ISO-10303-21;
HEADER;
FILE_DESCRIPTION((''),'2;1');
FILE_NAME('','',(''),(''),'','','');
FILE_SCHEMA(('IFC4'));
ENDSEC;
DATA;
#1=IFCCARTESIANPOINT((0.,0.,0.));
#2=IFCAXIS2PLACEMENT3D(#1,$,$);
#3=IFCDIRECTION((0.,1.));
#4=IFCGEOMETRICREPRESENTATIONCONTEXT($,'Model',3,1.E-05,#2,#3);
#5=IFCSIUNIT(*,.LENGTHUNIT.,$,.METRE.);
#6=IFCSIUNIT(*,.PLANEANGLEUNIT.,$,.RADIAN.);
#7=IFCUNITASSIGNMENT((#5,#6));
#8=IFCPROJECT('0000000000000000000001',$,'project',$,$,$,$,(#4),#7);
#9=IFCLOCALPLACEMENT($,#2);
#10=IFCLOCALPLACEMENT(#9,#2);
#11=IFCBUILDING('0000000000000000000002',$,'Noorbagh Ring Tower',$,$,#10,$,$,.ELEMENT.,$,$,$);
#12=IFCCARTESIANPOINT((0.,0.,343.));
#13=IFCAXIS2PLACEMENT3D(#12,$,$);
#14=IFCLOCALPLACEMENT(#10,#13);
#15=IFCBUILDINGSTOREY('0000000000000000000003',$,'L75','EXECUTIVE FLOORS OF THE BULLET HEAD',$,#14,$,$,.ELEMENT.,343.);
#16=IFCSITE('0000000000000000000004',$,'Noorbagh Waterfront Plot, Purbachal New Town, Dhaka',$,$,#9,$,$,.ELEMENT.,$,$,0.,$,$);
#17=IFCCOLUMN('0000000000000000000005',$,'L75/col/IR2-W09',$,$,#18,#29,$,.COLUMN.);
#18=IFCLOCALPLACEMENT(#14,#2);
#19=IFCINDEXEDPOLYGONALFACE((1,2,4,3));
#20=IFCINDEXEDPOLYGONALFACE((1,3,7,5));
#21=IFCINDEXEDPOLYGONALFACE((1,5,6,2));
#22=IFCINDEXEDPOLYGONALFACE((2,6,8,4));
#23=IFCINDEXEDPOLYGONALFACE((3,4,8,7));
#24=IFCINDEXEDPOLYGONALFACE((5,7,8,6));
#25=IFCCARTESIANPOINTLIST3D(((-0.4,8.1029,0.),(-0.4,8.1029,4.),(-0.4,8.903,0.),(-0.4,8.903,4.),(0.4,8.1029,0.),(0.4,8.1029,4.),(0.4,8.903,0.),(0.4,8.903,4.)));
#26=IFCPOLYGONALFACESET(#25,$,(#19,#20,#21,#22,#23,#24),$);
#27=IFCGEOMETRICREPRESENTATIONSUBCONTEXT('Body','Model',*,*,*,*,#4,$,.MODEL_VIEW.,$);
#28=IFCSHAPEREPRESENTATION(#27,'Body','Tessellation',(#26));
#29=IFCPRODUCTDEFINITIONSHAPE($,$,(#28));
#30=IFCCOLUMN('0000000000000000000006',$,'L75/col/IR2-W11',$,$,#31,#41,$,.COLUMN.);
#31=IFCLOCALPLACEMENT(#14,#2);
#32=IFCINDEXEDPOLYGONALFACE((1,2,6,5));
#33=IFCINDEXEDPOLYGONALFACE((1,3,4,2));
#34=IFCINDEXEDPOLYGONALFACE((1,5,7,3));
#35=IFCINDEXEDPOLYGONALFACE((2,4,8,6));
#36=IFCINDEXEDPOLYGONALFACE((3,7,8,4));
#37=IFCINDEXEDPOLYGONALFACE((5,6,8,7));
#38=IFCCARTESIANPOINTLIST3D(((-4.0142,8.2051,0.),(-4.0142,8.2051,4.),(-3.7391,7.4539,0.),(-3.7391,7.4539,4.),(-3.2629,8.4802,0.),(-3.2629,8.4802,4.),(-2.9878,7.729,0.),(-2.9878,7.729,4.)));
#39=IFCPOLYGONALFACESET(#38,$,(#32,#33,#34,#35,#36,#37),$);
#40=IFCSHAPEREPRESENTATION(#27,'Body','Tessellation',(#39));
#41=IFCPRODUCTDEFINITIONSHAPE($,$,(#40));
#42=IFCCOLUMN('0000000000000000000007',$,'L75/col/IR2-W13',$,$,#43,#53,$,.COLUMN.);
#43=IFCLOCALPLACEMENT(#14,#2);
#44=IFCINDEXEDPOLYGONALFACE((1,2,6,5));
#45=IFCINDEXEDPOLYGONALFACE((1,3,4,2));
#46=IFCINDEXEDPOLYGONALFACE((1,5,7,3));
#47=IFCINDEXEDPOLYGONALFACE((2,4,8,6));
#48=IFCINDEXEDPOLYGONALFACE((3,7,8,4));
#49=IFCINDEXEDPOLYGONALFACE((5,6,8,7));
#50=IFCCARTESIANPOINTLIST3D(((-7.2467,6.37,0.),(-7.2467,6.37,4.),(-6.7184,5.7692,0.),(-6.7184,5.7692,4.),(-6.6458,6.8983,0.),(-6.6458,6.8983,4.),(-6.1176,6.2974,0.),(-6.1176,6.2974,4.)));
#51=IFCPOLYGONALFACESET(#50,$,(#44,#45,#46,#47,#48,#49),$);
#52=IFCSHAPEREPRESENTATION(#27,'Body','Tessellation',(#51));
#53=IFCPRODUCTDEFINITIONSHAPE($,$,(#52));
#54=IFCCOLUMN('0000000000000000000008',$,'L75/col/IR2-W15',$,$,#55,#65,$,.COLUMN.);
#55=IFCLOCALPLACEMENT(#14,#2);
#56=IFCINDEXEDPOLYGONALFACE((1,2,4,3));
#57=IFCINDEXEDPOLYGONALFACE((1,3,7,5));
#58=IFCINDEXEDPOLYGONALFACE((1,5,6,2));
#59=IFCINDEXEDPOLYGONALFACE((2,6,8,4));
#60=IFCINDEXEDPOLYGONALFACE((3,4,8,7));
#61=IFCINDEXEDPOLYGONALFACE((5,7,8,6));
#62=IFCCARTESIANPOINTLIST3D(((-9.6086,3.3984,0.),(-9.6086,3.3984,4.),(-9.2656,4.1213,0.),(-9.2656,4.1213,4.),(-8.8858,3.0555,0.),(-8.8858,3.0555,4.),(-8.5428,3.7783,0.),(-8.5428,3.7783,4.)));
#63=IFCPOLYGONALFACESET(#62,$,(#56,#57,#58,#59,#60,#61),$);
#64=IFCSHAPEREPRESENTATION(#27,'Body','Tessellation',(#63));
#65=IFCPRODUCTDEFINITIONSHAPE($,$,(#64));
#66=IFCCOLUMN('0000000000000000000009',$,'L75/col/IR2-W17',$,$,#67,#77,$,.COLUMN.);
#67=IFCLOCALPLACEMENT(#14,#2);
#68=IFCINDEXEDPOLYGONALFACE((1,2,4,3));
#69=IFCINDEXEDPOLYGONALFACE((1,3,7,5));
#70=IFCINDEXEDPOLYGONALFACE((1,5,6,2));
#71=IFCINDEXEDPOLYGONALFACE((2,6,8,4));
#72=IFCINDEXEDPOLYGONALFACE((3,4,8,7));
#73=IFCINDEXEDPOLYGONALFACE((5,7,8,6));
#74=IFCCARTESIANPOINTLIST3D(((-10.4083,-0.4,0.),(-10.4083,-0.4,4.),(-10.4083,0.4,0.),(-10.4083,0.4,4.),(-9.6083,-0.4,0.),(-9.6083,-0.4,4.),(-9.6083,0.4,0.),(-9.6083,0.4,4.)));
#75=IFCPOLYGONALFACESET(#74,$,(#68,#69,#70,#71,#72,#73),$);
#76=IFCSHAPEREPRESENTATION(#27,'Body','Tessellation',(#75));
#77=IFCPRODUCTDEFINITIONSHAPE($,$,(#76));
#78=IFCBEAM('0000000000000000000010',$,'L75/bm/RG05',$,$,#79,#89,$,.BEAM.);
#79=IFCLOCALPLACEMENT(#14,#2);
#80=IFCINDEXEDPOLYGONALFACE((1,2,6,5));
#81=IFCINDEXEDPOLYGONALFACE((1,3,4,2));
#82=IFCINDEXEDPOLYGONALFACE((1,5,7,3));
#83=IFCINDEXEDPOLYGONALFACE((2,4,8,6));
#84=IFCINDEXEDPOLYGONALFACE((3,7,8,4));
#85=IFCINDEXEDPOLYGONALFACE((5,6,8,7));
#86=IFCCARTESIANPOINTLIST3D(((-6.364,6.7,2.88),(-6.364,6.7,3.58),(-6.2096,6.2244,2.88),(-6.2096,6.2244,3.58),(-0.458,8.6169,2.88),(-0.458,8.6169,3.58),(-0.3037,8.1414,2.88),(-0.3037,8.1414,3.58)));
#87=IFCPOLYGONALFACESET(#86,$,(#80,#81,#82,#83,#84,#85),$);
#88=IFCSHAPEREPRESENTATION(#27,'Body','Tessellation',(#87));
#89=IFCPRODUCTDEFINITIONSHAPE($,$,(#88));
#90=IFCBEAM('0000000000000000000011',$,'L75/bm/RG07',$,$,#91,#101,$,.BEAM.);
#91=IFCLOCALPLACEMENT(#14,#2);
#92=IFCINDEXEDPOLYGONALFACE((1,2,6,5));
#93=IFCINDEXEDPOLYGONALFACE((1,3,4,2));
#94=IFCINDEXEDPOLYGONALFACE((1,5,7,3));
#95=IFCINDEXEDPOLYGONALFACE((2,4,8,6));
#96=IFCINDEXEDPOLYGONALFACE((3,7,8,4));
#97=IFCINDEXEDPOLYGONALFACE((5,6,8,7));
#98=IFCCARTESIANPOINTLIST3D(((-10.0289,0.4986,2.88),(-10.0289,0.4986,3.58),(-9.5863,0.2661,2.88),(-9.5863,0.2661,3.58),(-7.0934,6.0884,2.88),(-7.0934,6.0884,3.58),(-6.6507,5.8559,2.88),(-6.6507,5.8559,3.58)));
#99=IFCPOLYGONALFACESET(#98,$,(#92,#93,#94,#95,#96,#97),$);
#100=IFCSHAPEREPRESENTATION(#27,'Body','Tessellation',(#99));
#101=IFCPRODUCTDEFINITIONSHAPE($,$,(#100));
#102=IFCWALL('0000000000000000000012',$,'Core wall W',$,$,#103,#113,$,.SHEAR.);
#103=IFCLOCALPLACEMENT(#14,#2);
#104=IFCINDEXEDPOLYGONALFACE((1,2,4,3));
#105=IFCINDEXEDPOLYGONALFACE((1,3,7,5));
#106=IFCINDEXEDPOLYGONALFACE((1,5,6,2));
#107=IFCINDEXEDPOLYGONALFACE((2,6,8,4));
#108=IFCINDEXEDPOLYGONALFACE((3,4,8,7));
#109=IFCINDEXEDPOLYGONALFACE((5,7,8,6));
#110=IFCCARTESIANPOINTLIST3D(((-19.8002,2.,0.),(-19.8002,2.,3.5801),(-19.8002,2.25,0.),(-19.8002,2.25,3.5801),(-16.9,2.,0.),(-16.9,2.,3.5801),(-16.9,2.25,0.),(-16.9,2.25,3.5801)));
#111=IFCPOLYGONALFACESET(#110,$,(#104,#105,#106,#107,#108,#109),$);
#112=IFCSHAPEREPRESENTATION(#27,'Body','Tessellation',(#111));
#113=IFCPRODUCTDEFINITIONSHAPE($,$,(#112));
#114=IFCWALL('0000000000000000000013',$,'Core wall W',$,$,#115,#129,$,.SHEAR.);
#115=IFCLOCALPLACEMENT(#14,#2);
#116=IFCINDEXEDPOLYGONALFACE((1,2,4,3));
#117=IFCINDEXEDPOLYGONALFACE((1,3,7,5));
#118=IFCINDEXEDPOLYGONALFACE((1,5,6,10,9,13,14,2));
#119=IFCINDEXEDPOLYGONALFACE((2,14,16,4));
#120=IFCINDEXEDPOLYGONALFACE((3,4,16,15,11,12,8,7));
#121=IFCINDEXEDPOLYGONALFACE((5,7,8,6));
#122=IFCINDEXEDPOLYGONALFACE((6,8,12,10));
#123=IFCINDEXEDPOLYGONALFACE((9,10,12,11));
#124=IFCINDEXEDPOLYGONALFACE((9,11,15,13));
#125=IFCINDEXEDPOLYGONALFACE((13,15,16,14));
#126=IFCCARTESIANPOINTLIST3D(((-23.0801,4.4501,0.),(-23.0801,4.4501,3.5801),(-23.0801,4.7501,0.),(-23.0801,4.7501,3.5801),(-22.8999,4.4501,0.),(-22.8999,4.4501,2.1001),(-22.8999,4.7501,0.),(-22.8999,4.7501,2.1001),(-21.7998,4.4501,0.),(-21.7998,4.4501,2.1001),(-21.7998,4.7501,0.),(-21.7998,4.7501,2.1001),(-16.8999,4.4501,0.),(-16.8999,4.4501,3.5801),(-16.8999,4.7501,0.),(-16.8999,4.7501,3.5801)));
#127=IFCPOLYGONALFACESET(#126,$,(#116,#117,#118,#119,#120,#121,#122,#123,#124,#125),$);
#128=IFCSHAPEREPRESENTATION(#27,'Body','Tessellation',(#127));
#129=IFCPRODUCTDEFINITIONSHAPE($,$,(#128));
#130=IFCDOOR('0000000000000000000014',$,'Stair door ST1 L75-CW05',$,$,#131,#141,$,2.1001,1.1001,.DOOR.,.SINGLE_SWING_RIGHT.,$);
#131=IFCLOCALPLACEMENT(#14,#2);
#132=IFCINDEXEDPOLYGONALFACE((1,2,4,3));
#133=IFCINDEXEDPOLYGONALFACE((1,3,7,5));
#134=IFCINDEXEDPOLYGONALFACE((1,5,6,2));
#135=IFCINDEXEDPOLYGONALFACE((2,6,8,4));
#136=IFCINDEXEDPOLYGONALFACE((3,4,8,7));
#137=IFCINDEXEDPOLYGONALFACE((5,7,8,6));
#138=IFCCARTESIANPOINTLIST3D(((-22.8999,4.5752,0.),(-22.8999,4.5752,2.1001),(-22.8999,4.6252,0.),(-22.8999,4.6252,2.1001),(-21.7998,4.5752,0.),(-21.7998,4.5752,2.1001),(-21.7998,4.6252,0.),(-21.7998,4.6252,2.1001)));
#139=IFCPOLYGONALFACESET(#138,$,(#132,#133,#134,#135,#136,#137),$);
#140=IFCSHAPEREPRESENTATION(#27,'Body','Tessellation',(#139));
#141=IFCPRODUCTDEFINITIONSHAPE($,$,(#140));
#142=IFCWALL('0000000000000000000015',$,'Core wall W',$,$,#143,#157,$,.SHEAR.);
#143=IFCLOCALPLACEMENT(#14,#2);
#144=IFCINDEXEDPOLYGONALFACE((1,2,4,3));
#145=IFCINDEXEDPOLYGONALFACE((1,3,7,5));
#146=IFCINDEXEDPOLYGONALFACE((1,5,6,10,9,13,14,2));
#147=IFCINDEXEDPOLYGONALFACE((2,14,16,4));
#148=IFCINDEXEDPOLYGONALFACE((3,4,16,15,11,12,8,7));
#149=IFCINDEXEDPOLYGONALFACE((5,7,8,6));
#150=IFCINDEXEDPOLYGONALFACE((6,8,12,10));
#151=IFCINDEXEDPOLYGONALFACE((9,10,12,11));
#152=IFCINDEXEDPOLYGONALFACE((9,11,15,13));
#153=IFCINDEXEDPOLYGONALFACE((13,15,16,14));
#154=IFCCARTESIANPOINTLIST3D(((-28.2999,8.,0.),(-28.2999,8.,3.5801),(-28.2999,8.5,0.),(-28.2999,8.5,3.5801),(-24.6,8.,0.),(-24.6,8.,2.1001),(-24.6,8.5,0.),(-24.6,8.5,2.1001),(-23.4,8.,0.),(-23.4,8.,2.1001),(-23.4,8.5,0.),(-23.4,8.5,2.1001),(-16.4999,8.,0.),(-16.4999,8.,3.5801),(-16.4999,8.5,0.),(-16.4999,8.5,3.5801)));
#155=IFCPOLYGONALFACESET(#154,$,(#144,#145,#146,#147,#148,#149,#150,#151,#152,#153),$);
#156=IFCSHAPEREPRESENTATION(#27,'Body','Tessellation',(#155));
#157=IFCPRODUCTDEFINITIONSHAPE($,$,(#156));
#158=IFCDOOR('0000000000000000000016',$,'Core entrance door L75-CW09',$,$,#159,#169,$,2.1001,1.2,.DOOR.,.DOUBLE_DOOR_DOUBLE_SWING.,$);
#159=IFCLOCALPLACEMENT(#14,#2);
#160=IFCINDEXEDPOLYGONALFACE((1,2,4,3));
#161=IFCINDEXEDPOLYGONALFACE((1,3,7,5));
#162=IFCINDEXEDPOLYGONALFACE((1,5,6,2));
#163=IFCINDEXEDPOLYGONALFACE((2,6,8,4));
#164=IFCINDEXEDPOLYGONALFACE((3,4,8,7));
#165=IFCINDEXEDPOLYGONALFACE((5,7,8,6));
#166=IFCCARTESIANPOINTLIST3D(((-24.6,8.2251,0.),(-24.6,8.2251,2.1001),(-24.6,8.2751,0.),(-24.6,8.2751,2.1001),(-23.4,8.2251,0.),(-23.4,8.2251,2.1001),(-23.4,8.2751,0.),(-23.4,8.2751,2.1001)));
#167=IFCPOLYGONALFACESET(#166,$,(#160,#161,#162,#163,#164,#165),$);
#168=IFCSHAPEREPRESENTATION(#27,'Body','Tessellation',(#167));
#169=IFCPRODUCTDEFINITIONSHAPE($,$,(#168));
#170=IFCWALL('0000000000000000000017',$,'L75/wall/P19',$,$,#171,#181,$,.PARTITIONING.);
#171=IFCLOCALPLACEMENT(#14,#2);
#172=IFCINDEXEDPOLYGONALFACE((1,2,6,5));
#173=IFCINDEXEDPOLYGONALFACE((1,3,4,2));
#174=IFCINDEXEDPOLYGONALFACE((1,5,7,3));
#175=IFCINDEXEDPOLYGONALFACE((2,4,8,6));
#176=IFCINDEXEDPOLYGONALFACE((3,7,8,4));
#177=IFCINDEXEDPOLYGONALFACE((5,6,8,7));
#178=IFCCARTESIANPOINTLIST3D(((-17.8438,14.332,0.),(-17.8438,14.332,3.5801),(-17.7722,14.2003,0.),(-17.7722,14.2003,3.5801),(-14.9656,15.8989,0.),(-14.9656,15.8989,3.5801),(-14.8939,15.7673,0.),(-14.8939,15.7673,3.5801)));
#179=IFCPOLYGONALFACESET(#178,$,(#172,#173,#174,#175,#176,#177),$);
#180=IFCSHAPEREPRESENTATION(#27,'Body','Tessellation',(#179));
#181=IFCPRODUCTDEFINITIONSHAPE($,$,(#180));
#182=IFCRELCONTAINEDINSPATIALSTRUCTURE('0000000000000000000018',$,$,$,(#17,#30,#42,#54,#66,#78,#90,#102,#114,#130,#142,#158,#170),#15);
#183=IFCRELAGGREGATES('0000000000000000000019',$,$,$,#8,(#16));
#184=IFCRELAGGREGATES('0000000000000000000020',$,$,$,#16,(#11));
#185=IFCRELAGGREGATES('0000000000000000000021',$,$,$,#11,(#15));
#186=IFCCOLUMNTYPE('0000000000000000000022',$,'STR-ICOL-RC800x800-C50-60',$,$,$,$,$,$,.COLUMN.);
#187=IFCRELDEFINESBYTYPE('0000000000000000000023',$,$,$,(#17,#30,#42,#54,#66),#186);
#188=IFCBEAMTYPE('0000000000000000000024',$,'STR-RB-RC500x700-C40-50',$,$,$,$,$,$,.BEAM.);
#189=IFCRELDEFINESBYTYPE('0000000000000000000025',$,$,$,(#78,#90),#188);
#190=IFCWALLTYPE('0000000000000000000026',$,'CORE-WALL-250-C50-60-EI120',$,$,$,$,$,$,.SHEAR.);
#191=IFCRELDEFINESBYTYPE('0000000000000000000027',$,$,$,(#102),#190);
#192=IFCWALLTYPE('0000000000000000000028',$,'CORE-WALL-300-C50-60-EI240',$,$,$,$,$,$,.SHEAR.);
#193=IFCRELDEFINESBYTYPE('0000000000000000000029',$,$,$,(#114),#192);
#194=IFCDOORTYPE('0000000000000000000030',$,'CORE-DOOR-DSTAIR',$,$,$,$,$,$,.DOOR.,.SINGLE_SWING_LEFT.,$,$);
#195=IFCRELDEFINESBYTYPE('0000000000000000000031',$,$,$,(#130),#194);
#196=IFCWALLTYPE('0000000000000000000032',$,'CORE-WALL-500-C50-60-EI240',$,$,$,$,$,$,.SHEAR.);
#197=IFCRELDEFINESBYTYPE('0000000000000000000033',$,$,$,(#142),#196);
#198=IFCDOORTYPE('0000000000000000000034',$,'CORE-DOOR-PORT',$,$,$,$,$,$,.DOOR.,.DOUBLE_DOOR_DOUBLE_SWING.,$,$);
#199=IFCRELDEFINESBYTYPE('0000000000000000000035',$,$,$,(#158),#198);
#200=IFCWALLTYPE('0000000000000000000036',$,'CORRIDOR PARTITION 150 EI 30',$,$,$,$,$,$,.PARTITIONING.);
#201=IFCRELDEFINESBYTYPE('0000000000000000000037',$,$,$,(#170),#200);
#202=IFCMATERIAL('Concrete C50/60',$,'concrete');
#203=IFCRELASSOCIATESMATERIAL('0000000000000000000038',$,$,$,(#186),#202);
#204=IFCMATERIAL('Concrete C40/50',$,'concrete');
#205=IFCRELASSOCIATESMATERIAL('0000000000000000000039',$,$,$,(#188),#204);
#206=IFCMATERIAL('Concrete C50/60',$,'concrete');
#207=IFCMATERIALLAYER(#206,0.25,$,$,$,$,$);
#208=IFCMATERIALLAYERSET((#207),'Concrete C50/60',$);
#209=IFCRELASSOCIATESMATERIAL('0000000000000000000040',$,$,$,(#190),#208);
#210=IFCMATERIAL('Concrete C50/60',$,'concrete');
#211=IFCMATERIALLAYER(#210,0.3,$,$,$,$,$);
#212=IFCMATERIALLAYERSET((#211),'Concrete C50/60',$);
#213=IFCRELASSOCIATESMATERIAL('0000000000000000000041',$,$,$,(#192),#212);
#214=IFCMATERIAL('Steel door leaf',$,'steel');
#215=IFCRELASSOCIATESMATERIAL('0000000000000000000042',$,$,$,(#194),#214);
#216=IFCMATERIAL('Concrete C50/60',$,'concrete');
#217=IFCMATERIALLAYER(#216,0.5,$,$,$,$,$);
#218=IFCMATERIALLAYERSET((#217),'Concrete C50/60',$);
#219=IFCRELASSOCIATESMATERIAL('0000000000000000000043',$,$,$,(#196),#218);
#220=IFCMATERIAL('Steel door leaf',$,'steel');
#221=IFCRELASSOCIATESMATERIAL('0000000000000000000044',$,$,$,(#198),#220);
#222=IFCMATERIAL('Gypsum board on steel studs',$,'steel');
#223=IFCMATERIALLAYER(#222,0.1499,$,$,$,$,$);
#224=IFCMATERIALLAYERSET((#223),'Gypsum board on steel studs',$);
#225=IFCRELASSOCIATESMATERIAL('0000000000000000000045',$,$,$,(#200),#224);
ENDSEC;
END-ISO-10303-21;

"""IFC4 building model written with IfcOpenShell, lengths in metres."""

from ifc_helpers import new_model, si_unit, direction, frame, frame_2d, origin, origin_2d, place, context, subcontext, project, spatial, rectangle, extrude, material, layer, layer_set, material_profile, profile_set, type_object, element, fill, save


model = new_model("IFC4")

# Units and contexts
model_context = context("Model", 3, precision=1e-05, world=origin(), true_north=direction((0.0, 1.0)))
body_context = subcontext(model_context, "Body", "Model", "MODEL_VIEW")
ifc_project = project(units=[si_unit("LENGTHUNIT", "METRE"), si_unit("PLANEANGLEUNIT", "RADIAN")], contexts=[model_context])

# Site, building, storey
site_placement = place(None, origin())
site = spatial("IfcSite", under=ifc_project, at=site_placement, Name="Noorbagh Waterfront Plot, Purbachal New Town, Dhaka", CompositionType="ELEMENT", RefElevation=0.0)
building_placement = place(site_placement, origin())
building = spatial("IfcBuilding", under=site, at=building_placement, Name="Noorbagh Ring Tower", CompositionType="ELEMENT")
storey_placement = place(building_placement, frame((0.0, 0.0, 343.0)))
storey = spatial("IfcBuildingStorey", under=building, at=storey_placement, Name="L75", Description="EXECUTIVE FLOORS OF THE BULLET HEAD", CompositionType="ELEMENT", Elevation=343.0)

# Columns
ifc_material_1 = material(Name="Concrete C50/60", Category="concrete")
ifc_material_profile_1 = material_profile(ifc_material_1, rectangle(XDim=0.8, YDim=0.8, at=origin_2d()), Name="RC800x800")
ifc_profile_set_1 = profile_set([ifc_material_profile_1], Name="Concrete C50/60")
column_type = type_object("IfcColumnType", Name="STR-ICOL-RC800x800-C50-60", PredefinedType="COLUMN", material=ifc_profile_set_1)
for number, where, z_axis, x_axis, name in (
    (1, (0.0, 8.5029, 0.0), (0.0, 0.0, 1.0), (-1.0, 0.0, 0.0), "L75/col/IR2-W09"),
    (2, (-3.501, 7.967, 0.0), (0.0, 0.0, 1.0), (-0.93902, -0.343864, 0.0), "L75/col/IR2-W11"),
    (3, (-6.6821, 6.3337, 0.0), (0.0, 0.0, 1.0), (-0.751022, -0.660277, 0.0), "L75/col/IR2-W13"),
    (4, (-9.0757, 3.5884, 0.0), (0.0, 0.0, 1.0), (-0.428667, -0.903463, 0.0), "L75/col/IR2-W15"),
    (5, (-10.0083, 0.0, 0.0), (0.0, 0.0, 1.0), (0.0, -1.0, 0.0), "L75/col/IR2-W17"),
):
    element("IfcColumn", number, at=place(storey_placement, frame(where, z_axis=z_axis, x_axis=x_axis)), inside=storey, type_object=column_type, Name=name, PredefinedType="COLUMN", context=body_context, shape_type="SweptSolid", body=[
        extrude(rectangle(XDim=0.8, YDim=0.8, at=origin_2d()), origin(), (0.0, 0.0, 1.0), 4.0),
    ])

# Beams
ifc_material_2 = material(Name="Concrete C40/50", Category="concrete")
ifc_material_profile_2 = material_profile(ifc_material_2, rectangle(XDim=0.5, YDim=0.7, at=origin_2d()), Name="RC500x700")
ifc_profile_set_2 = profile_set([ifc_material_profile_2], Name="Concrete C40/50")
beam_type = type_object("IfcBeamType", Name="STR-RB-RC500x700-C40-50", PredefinedType="BEAM", material=ifc_profile_set_2)
beam_1_placement = place(storey_placement, frame((-0.3809, 8.3792, 3.23), z_axis=(-0.95115, -0.308728, 0.0), x_axis=(0.308728, -0.95115, 0.0)))
element("IfcBeam", 6, at=beam_1_placement, inside=storey, type_object=beam_type, Name="L75/bm/RG05", PredefinedType="BEAM", context=body_context, shape_type="SweptSolid", body=[
    extrude(rectangle(XDim=0.5, YDim=0.7, at=origin_2d()), origin(), (0.0, 0.0, 1.0), 6.2092),
])
beam_2_placement = place(storey_placement, frame((-6.8721, 5.9722, 3.23), z_axis=(-0.464943, -0.885341, 0.0), x_axis=(0.885341, -0.464943, 0.0)))
element("IfcBeam", 7, at=beam_2_placement, inside=storey, type_object=beam_type, Name="L75/bm/RG07", PredefinedType="BEAM", context=body_context, shape_type="SweptSolid", body=[
    extrude(rectangle(XDim=0.5, YDim=0.7, at=origin_2d()), origin(), (0.0, 0.0, 1.0), 6.3137),
])

# Wall
ifc_material_3 = material(Name="Concrete C50/60", Category="concrete")
ifc_layer_1 = layer(ifc_material_3, 0.25)
ifc_layer_set_1 = layer_set([ifc_layer_1], Name="Concrete C50/60")
wall_type_1 = type_object("IfcWallType", Name="CORE-WALL-250-C50-60-EI120", PredefinedType="SHEAR", material=ifc_layer_set_1)
wall_1_placement = place(storey_placement, frame((-16.8999, 2.125, 0.0), z_axis=(0.0, 0.0, 1.0), x_axis=(-1.0, 0.0, 0.0)))
element("IfcWall", 8, at=wall_1_placement, inside=storey, type_object=wall_type_1, Name="Core wall W", PredefinedType="SHEAR", context=body_context, shape_type="SweptSolid", body=[
    extrude(rectangle(XDim=2.9001, YDim=0.25, at=frame_2d((1.4502, 0.0))), origin(), (0.0, 0.0, 1.0), 3.5801),
])

# Walls, openings, doors
ifc_material_4 = material(Name="Concrete C50/60", Category="concrete")
ifc_layer_2 = layer(ifc_material_4, 0.3)
ifc_layer_set_2 = layer_set([ifc_layer_2], Name="Concrete C50/60")
wall_type_2 = type_object("IfcWallType", Name="CORE-WALL-300-C50-60-EI240", PredefinedType="SHEAR", material=ifc_layer_set_2)
wall_2_placement = place(storey_placement, frame((-16.8999, 4.6001, 0.0), z_axis=(0.0, 0.0, 1.0), x_axis=(-1.0, 0.0, 0.0)))
wall_2 = element("IfcWall", 9, at=wall_2_placement, inside=storey, type_object=wall_type_2, Name="Core wall W", PredefinedType="SHEAR", context=body_context, shape_type="SweptSolid", body=[
    extrude(rectangle(XDim=6.1802, YDim=0.3, at=frame_2d((3.0901, 0.0))), origin(), (0.0, 0.0, 1.0), 3.5801),
])
opening_1_placement = place(wall_2_placement, frame((4.8999, 0.0, 0.0)))
opening_1 = element("IfcOpeningElement", 10, at=opening_1_placement, cuts=wall_2, PredefinedType="OPENING", context=body_context, shape_type="SweptSolid", body=[
    extrude(rectangle(XDim=1.1001, YDim=2.1001, at=frame_2d((0.55, 1.05))), frame((0.0, 0.1602, 0.0), z_axis=(0.0, -1.0, 0.0), x_axis=(1.0, 0.0, 0.0)), (0.0, 0.0, 1.0), 0.3201),
])
ifc_material_5 = material(Name="Steel door leaf", Category="steel")
door_type_1 = type_object("IfcDoorType", Name="CORE-DOOR-DSTAIR", OperationType="SINGLE_SWING_LEFT", PredefinedType="DOOR", material=ifc_material_5)
door_1_placement = place(opening_1_placement, origin())
door_1 = element("IfcDoor", 11, at=door_1_placement, inside=storey, type_object=door_type_1, Name="Stair door ST1 L75-CW05", OperationType="SINGLE_SWING_RIGHT", OverallHeight=2.1001, OverallWidth=1.1001, PredefinedType="DOOR", context=body_context, shape_type="SweptSolid", body=[
    extrude(rectangle(XDim=1.1001, YDim=2.1001, at=frame_2d((0.55, 1.05))), frame((0.0, 0.0249, 0.0), z_axis=(0.0, -1.0, 0.0), x_axis=(1.0, 0.0, 0.0)), (0.0, 0.0, 1.0), 0.05),
])
fill(opening_1, door_1)
ifc_material_6 = material(Name="Concrete C50/60", Category="concrete")
ifc_layer_3 = layer(ifc_material_6, 0.5)
ifc_layer_set_3 = layer_set([ifc_layer_3], Name="Concrete C50/60")
wall_type_3 = type_object("IfcWallType", Name="CORE-WALL-500-C50-60-EI240", PredefinedType="SHEAR", material=ifc_layer_set_3)
wall_3_placement = place(storey_placement, frame((-16.5, 8.25, 0.0), z_axis=(0.0, 0.0, 1.0), x_axis=(-1.0, 0.0, 0.0)))
wall_3 = element("IfcWall", 12, at=wall_3_placement, inside=storey, type_object=wall_type_3, Name="Core wall W", PredefinedType="SHEAR", context=body_context, shape_type="SweptSolid", body=[
    extrude(rectangle(XDim=11.8, YDim=0.5, at=frame_2d((5.8999, 0.0))), origin(), (0.0, 0.0, 1.0), 3.5801),
])
opening_2_placement = place(wall_3_placement, frame((6.8999, 0.0, 0.0)))
opening_2 = element("IfcOpeningElement", 13, at=opening_2_placement, cuts=wall_3, PredefinedType="OPENING", context=body_context, shape_type="SweptSolid", body=[
    extrude(rectangle(XDim=1.2, YDim=2.1001, at=frame_2d((0.6001, 1.05))), frame((0.0, 0.26, 0.0), z_axis=(0.0, -1.0, 0.0), x_axis=(1.0, 0.0, 0.0)), (0.0, 0.0, 1.0), 0.52),
])
ifc_material_7 = material(Name="Steel door leaf", Category="steel")
door_type_2 = type_object("IfcDoorType", Name="CORE-DOOR-PORT", OperationType="DOUBLE_DOOR_DOUBLE_SWING", PredefinedType="DOOR", material=ifc_material_7)
door_2_placement = place(opening_2_placement, origin())
door_2 = element("IfcDoor", 14, at=door_2_placement, inside=storey, type_object=door_type_2, Name="Core entrance door L75-CW09", OperationType="DOUBLE_DOOR_DOUBLE_SWING", OverallHeight=2.1001, OverallWidth=1.2, PredefinedType="DOOR", context=body_context, shape_type="SweptSolid", body=[
    extrude(rectangle(XDim=1.2, YDim=2.1001, at=frame_2d((0.6001, 1.05))), frame((0.0, 0.0249, 0.0), z_axis=(0.0, -1.0, 0.0), x_axis=(1.0, 0.0, 0.0)), (0.0, 0.0, 1.0), 0.05),
])
fill(opening_2, door_2)

# Wall
ifc_material_8 = material(Name="Gypsum board on steel studs", Category="steel")
ifc_layer_4 = layer(ifc_material_8, 0.1499)
ifc_layer_set_4 = layer_set([ifc_layer_4], Name="Gypsum board on steel studs")
wall_type_4 = type_object("IfcWallType", Name="CORRIDOR PARTITION 150 EI 30", PredefinedType="PARTITIONING", material=ifc_layer_set_4)
wall_4_placement = place(storey_placement, frame((-17.8081, 14.2661, 0.0), z_axis=(0.0, 0.0, 1.0), x_axis=(0.878282, 0.478142, 0.0)))
element("IfcWall", 15, at=wall_4_placement, inside=storey, type_object=wall_type_4, Name="L75/wall/P19", PredefinedType="PARTITIONING", context=body_context, shape_type="SweptSolid", body=[
    extrude(rectangle(XDim=3.2771, YDim=0.1499, at=frame_2d((1.6387, 0.0))), origin(), (0.0, 0.0, 1.0), 3.5801),
])

save(model, "model.ifc")
